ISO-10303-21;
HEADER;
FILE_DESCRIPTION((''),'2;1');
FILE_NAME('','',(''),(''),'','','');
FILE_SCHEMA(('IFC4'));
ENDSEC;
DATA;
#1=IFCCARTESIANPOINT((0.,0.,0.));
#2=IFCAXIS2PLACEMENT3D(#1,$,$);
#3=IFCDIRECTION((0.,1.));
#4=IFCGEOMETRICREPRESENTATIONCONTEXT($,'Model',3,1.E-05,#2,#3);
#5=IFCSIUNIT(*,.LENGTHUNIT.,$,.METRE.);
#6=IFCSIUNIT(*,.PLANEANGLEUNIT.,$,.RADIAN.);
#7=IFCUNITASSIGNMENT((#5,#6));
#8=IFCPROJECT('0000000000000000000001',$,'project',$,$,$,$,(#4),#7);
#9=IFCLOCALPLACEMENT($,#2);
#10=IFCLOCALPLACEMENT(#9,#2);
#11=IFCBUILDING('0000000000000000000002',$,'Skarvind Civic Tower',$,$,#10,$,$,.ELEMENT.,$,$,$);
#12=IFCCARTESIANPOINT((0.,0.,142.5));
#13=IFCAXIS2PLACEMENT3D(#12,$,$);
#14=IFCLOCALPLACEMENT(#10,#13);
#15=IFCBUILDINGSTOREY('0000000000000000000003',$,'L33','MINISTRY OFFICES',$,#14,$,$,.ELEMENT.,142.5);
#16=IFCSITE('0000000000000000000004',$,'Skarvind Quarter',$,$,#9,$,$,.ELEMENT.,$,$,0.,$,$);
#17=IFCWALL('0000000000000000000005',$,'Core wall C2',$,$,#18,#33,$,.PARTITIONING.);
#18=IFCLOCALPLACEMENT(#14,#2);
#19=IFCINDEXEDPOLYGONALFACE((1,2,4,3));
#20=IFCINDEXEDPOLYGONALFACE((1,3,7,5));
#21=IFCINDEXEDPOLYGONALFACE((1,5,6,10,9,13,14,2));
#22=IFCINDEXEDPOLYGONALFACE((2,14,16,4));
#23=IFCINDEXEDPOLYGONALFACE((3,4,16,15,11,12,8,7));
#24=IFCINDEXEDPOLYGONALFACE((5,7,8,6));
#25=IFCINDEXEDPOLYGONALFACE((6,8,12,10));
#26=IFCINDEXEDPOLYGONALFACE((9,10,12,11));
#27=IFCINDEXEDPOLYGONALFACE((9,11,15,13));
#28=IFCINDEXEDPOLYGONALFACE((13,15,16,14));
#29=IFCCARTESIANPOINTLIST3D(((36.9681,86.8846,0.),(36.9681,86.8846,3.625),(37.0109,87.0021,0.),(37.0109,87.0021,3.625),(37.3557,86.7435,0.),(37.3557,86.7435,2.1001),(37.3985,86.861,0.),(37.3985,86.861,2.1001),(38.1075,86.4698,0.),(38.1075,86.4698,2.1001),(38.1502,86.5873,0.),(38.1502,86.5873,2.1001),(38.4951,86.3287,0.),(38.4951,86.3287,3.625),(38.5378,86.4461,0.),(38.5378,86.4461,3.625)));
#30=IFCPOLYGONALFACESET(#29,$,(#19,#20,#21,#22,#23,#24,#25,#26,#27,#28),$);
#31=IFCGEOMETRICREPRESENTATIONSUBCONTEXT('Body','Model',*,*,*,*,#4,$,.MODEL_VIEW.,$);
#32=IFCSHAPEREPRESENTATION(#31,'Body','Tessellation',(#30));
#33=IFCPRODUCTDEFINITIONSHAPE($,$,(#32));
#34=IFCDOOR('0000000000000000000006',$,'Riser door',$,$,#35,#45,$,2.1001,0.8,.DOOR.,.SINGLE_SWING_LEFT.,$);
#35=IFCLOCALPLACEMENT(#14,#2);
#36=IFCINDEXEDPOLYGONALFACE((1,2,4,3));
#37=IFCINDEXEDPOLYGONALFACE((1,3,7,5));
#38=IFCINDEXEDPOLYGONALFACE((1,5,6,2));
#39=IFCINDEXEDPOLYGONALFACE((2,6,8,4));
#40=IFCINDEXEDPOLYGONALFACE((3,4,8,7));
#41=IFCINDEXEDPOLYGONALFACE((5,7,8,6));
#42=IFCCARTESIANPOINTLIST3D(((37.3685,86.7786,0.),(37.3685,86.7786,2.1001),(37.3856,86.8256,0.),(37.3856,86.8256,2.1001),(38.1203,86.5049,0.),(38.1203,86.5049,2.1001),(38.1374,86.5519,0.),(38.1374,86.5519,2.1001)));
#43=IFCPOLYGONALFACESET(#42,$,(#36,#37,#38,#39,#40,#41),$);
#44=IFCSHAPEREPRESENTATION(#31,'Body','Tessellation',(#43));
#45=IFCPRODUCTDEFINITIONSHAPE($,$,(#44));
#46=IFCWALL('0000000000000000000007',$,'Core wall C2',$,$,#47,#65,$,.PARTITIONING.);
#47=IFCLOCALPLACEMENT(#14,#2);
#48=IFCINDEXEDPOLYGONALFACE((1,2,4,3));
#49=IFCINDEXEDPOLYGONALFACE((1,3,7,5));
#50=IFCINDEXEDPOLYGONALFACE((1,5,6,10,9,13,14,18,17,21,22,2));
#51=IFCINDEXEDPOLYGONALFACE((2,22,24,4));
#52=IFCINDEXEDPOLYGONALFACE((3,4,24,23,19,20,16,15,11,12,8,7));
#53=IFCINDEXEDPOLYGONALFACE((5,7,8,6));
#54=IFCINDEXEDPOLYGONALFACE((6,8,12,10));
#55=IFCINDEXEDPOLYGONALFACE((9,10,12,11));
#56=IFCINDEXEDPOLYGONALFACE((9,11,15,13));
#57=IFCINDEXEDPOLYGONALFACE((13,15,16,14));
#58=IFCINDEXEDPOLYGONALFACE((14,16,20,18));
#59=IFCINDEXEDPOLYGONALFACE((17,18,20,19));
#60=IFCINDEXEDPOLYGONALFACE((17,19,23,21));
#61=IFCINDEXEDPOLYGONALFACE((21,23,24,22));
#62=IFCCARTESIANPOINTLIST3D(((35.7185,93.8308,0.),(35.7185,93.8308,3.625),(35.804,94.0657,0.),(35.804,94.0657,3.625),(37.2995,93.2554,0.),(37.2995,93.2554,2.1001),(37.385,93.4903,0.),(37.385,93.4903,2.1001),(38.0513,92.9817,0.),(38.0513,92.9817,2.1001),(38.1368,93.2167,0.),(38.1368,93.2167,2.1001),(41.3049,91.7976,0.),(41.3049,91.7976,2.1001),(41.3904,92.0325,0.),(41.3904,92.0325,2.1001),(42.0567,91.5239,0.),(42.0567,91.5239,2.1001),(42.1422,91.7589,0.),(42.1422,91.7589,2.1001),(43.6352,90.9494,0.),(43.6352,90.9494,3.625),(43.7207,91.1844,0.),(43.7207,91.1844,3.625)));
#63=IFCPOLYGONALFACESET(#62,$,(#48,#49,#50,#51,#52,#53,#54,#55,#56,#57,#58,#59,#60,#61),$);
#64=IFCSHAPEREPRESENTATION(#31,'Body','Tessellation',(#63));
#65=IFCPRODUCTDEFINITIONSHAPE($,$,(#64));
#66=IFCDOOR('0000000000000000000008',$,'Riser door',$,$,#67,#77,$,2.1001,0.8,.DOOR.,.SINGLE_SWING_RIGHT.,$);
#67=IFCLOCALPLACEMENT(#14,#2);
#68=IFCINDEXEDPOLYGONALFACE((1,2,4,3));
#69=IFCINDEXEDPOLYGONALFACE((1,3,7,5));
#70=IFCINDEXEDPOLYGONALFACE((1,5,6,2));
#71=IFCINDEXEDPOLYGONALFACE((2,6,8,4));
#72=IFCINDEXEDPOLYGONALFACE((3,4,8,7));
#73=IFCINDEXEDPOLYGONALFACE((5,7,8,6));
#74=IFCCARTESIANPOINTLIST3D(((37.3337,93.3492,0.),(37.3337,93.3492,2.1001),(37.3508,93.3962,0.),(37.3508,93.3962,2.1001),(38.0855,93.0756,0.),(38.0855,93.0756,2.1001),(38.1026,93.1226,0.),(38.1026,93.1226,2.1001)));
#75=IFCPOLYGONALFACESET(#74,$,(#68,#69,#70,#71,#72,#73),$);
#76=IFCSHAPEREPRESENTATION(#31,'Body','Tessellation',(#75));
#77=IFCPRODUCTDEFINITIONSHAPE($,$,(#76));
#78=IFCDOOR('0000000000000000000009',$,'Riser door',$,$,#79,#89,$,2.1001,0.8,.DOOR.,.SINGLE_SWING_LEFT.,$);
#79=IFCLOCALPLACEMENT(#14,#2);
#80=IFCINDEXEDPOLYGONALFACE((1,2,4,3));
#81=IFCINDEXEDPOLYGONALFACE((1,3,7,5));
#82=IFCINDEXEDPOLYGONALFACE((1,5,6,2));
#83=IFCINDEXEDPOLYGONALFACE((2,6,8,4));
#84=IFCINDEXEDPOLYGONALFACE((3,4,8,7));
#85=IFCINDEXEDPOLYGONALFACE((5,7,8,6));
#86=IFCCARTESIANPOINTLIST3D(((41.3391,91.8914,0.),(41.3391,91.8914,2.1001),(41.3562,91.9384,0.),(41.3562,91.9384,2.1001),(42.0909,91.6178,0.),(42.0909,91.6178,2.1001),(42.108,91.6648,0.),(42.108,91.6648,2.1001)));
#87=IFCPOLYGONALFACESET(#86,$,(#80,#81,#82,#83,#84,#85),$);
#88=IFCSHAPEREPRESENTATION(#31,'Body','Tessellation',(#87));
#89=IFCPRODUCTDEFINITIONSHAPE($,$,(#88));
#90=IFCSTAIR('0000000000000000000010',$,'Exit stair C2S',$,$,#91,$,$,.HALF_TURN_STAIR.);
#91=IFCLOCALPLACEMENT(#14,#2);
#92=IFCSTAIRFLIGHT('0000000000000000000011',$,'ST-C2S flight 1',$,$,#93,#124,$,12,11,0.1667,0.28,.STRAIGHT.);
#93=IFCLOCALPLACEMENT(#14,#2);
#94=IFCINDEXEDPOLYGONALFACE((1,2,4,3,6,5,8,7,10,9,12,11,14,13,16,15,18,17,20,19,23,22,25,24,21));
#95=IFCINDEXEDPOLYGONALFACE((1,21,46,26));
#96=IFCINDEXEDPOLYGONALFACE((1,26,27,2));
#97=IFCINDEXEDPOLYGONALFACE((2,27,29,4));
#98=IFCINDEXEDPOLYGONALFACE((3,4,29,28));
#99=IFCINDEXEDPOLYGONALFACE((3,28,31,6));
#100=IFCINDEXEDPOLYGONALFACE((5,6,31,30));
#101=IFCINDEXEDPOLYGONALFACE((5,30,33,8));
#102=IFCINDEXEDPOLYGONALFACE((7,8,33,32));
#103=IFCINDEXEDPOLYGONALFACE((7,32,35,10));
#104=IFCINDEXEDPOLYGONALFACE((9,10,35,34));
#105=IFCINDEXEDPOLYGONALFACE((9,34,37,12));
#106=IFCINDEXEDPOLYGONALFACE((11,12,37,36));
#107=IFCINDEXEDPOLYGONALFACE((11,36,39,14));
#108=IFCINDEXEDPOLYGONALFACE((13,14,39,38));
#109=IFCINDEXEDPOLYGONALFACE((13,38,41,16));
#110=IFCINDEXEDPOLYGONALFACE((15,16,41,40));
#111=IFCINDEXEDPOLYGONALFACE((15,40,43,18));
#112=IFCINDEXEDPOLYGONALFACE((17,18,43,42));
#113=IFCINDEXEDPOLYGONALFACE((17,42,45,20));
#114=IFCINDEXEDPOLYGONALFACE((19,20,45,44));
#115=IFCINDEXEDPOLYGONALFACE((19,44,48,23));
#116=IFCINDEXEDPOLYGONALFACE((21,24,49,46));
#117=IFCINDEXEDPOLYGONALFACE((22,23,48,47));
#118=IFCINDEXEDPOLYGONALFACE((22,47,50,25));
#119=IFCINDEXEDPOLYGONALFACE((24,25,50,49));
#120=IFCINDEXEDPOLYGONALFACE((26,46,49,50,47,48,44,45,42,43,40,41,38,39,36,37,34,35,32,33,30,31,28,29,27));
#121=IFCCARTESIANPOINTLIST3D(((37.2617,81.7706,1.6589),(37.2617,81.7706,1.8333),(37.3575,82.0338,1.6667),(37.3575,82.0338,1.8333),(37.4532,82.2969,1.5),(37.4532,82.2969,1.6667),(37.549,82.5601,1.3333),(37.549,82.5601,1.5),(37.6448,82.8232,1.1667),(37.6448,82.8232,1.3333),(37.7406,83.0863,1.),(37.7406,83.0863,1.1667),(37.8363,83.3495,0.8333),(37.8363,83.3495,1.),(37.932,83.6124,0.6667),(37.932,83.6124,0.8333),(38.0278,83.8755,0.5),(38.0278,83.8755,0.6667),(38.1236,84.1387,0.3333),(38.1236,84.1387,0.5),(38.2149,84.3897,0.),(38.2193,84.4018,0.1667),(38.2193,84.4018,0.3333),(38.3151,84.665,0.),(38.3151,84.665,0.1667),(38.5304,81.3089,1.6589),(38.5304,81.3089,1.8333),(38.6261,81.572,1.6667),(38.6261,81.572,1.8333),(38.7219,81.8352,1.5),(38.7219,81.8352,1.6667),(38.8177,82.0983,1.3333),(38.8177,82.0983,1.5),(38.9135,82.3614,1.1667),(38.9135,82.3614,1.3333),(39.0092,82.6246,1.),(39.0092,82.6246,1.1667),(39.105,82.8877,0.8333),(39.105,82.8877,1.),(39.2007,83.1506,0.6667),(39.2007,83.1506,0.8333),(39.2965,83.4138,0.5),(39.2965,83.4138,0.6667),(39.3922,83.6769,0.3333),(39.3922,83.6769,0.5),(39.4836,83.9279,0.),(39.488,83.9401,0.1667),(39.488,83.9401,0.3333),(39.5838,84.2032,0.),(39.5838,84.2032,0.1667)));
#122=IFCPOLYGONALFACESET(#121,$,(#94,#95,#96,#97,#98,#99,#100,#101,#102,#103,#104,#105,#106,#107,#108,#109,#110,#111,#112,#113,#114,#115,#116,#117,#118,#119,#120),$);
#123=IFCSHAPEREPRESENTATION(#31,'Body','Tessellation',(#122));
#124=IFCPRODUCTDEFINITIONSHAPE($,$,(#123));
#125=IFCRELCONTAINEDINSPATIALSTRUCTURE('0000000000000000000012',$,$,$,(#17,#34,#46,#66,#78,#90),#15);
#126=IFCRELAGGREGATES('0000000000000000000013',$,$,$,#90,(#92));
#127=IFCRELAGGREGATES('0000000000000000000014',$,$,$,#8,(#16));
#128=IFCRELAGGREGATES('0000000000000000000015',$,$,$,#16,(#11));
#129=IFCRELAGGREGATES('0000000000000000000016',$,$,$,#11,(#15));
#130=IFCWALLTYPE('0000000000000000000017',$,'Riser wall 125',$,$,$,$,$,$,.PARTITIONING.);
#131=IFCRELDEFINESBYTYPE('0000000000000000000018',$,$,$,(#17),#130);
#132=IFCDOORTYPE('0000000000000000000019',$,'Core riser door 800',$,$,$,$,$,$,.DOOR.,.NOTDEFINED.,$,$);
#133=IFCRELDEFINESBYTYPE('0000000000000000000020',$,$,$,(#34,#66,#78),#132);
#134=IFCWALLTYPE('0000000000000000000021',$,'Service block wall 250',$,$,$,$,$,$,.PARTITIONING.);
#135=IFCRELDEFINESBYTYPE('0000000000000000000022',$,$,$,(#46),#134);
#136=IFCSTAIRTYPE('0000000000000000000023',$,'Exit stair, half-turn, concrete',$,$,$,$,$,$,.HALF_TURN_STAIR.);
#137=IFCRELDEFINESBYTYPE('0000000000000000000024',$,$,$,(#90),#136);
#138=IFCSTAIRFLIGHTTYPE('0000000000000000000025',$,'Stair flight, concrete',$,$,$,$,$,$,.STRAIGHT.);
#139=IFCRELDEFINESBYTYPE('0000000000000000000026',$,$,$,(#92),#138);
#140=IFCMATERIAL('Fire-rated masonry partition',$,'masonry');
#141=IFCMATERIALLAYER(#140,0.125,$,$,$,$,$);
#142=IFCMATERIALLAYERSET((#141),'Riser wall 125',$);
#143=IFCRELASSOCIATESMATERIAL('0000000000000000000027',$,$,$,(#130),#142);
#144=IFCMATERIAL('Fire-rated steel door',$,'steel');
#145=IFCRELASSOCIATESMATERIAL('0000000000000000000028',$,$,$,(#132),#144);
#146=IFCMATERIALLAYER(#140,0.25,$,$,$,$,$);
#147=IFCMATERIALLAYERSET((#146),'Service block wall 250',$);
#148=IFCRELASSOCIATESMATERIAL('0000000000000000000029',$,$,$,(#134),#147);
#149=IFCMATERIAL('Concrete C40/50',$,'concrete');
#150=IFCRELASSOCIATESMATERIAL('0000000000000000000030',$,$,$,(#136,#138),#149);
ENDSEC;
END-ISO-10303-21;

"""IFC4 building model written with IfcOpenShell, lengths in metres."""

from ifc_helpers import new_model, si_unit, direction, frame, frame_2d, origin, place, context, subcontext, project, spatial, polyline, rectangle, outline, extrude, material, layer, layer_set, type_object, element, fill, aggregate, save


model = new_model("IFC4")

# Units and contexts
model_context = context("Model", 3, precision=1e-05, world=origin(), true_north=direction((0.0, 1.0)))
body_context = subcontext(model_context, "Body", "Model", "MODEL_VIEW")
ifc_project = project(units=[si_unit("LENGTHUNIT", "METRE"), si_unit("PLANEANGLEUNIT", "RADIAN")], contexts=[model_context])

# Site, building, storey
site_placement = place(None, origin())
site = spatial("IfcSite", under=ifc_project, at=site_placement, Name="Skarvind Quarter", CompositionType="ELEMENT", RefElevation=0.0)
building_placement = place(site_placement, origin())
building = spatial("IfcBuilding", under=site, at=building_placement, Name="Skarvind Civic Tower", CompositionType="ELEMENT")
storey_placement = place(building_placement, frame((0.0, 0.0, 142.5)))
storey = spatial("IfcBuildingStorey", under=building, at=storey_placement, Name="L33", Description="MINISTRY OFFICES", CompositionType="ELEMENT", Elevation=142.5)

# Shared definitions
ifc_material_1 = material(Name="Fire-rated masonry partition", Category="masonry")
ifc_material_2 = material(Name="Fire-rated steel door", Category="steel")

# Wall, opening, door
ifc_layer_1 = layer(ifc_material_1, 0.125)
ifc_layer_set_1 = layer_set([ifc_layer_1], Name="Riser wall 125")
wall_type_1 = type_object("IfcWallType", Name="Riser wall 125", PredefinedType="PARTITIONING", material=ifc_layer_set_1)
wall_1_placement = place(storey_placement, frame((36.9895, 86.9434, 0.0), z_axis=(0.0, 0.0, 1.0), x_axis=(0.939657, -0.342117, 0.0)))
wall_1 = element("IfcWall", 1, at=wall_1_placement, inside=storey, type_object=wall_type_1, Name="Core wall C2", PredefinedType="PARTITIONING", context=body_context, shape_type="SweptSolid", body=[
    extrude(rectangle(XDim=1.625, YDim=0.125, at=frame_2d((0.8125, 0.0))), origin(), (0.0, 0.0, 1.0), 3.625),
])
opening_1_placement = place(wall_1_placement, frame((0.4126, 0.0, 0.0)))
opening_1 = element("IfcOpeningElement", 2, at=opening_1_placement, cuts=wall_1, PredefinedType="OPENING", context=body_context, shape_type="SweptSolid", body=[
    extrude(rectangle(XDim=0.8, YDim=2.1001, at=frame_2d((0.3999, 1.05))), frame((0.0, 0.0725, 0.0), z_axis=(0.0, -1.0, 0.0), x_axis=(1.0, 0.0, 0.0)), (0.0, 0.0, 1.0), 0.145),
])
door_type_1 = type_object("IfcDoorType", Name="Core riser door 800", OperationType="NOTDEFINED", PredefinedType="DOOR", material=ifc_material_2)
door_1_placement = place(opening_1_placement, origin())
door_1 = element("IfcDoor", 3, at=door_1_placement, inside=storey, type_object=door_type_1, Name="Riser door", OperationType="SINGLE_SWING_LEFT", OverallHeight=2.1001, OverallWidth=0.8, PredefinedType="DOOR", context=body_context, shape_type="SweptSolid", body=[
    extrude(rectangle(XDim=0.8, YDim=2.1001, at=frame_2d((0.3999, 1.05))), frame((0.0, 0.0249, 0.0), z_axis=(0.0, -1.0, 0.0), x_axis=(1.0, 0.0, 0.0)), (0.0, 0.0, 1.0), 0.05),
])
fill(opening_1, door_1)

# Wall, openings, doors
ifc_layer_2 = layer(ifc_material_1, 0.25)
ifc_layer_set_2 = layer_set([ifc_layer_2], Name="Service block wall 250")
wall_type_2 = type_object("IfcWallType", Name="Service block wall 250", PredefinedType="PARTITIONING", material=ifc_layer_set_2)
wall_2_placement = place(storey_placement, frame((35.7612, 93.9482, 0.0), z_axis=(0.0, 0.0, 1.0), x_axis=(0.939697, -0.342008, 0.0)))
wall_2 = element("IfcWall", 4, at=wall_2_placement, inside=storey, type_object=wall_type_2, Name="Core wall C2", PredefinedType="PARTITIONING", context=body_context, shape_type="SweptSolid", body=[
    extrude(rectangle(XDim=8.4248, YDim=0.25, at=frame_2d((4.2124, 0.0))), origin(), (0.0, 0.0, 1.0), 3.625),
])
opening_2_placement = place(wall_2_placement, frame((1.6826, 0.0, 0.0)))
opening_2 = element("IfcOpeningElement", 5, at=opening_2_placement, cuts=wall_2, PredefinedType="OPENING", context=body_context, shape_type="SweptSolid", body=[
    extrude(rectangle(XDim=0.8, YDim=2.1001, at=frame_2d((0.3999, 1.05))), frame((0.0, 0.135, 0.0), z_axis=(0.0, -1.0, 0.0), x_axis=(1.0, 0.0, 0.0)), (0.0, 0.0, 1.0), 0.27),
])
opening_3_placement = place(wall_2_placement, frame((5.9451, 0.0, 0.0)))
opening_3 = element("IfcOpeningElement", 6, at=opening_3_placement, cuts=wall_2, PredefinedType="OPENING", context=body_context, shape_type="SweptSolid", body=[
    extrude(rectangle(XDim=0.8, YDim=2.1001, at=frame_2d((0.3999, 1.05))), frame((0.0, 0.135, 0.0), z_axis=(0.0, -1.0, 0.0), x_axis=(1.0, 0.0, 0.0)), (0.0, 0.0, 1.0), 0.27),
])
door_2_placement = place(opening_2_placement, origin())
door_2 = element("IfcDoor", 7, at=door_2_placement, inside=storey, type_object=door_type_1, Name="Riser door", OperationType="SINGLE_SWING_RIGHT", OverallHeight=2.1001, OverallWidth=0.8, PredefinedType="DOOR", context=body_context, shape_type="SweptSolid", body=[
    extrude(rectangle(XDim=0.8, YDim=2.1001, at=frame_2d((0.3999, 1.05))), frame((0.0, 0.0249, 0.0), z_axis=(0.0, -1.0, 0.0), x_axis=(1.0, 0.0, 0.0)), (0.0, 0.0, 1.0), 0.05),
])
fill(opening_2, door_2)
door_3_placement = place(opening_3_placement, origin())
door_3 = element("IfcDoor", 8, at=door_3_placement, inside=storey, type_object=door_type_1, Name="Riser door", OperationType="SINGLE_SWING_LEFT", OverallHeight=2.1001, OverallWidth=0.8, PredefinedType="DOOR", context=body_context, shape_type="SweptSolid", body=[
    extrude(rectangle(XDim=0.8, YDim=2.1001, at=frame_2d((0.3999, 1.05))), frame((0.0, 0.0249, 0.0), z_axis=(0.0, -1.0, 0.0), x_axis=(1.0, 0.0, 0.0)), (0.0, 0.0, 1.0), 0.05),
])
fill(opening_3, door_3)

# Stair, stair flight
ifc_material_3 = material(Name="Concrete C40/50", Category="concrete")
stair_type = type_object("IfcStairType", Name="Exit stair, half-turn, concrete", PredefinedType="HALF_TURN_STAIR", material=ifc_material_3)
stair_placement = place(storey_placement, origin())
stair = element("IfcStair", 9, at=stair_placement, inside=storey, type_object=stair_type, Name="Exit stair C2S", PredefinedType="HALF_TURN_STAIR")
stair_flight_type = type_object("IfcStairFlightType", Name="Stair flight, concrete", PredefinedType="STRAIGHT", material=ifc_material_3)
stair_flight_placement = place(storey_placement, frame((38.9495, 84.4341, 0.0), z_axis=(0.0, 0.0, 1.0), x_axis=(-0.34202, -0.939693, 0.0)))
stair_flight = element("IfcStairFlight", 10, at=stair_flight_placement, type_object=stair_flight_type, Name="ST-C2S flight 1", NumberOfRisers=12, NumberOfTreads=11, PredefinedType="STRAIGHT", RiserHeight=0.1667, TreadLength=0.28, context=body_context, shape_type="SweptSolid", body=[
    extrude(outline(polyline([(0.0, 0.0), (0.0, 0.1667), (0.28, 0.1667), (0.28, 0.3333), (0.5601, 0.3333), (0.5601, 0.5), (0.8401, 0.5), (0.8401, 0.6667), (1.1201, 0.6667), (1.1201, 0.8333), (1.3999, 0.8333), (1.3999, 1.0), (1.6799, 1.0), (1.6799, 1.1667), (1.96, 1.1667), (1.96, 1.3333), (2.24, 1.3333), (2.24, 1.5), (2.52, 1.5), (2.52, 1.6667), (2.8, 1.6667), (2.8, 1.8333), (3.0801, 1.8333), (3.0801, 2.0), (3.0801, 1.6589), (0.293, 0.0), (0.0, 0.0)])), frame((0.0, 0.675, 0.0), z_axis=(0.0, -1.0, 0.0), x_axis=(1.0, 0.0, 0.0)), (0.0, 0.0, 1.0), 1.3501),
])
aggregate(stair, [stair_flight])

save(model, "model.ifc")
